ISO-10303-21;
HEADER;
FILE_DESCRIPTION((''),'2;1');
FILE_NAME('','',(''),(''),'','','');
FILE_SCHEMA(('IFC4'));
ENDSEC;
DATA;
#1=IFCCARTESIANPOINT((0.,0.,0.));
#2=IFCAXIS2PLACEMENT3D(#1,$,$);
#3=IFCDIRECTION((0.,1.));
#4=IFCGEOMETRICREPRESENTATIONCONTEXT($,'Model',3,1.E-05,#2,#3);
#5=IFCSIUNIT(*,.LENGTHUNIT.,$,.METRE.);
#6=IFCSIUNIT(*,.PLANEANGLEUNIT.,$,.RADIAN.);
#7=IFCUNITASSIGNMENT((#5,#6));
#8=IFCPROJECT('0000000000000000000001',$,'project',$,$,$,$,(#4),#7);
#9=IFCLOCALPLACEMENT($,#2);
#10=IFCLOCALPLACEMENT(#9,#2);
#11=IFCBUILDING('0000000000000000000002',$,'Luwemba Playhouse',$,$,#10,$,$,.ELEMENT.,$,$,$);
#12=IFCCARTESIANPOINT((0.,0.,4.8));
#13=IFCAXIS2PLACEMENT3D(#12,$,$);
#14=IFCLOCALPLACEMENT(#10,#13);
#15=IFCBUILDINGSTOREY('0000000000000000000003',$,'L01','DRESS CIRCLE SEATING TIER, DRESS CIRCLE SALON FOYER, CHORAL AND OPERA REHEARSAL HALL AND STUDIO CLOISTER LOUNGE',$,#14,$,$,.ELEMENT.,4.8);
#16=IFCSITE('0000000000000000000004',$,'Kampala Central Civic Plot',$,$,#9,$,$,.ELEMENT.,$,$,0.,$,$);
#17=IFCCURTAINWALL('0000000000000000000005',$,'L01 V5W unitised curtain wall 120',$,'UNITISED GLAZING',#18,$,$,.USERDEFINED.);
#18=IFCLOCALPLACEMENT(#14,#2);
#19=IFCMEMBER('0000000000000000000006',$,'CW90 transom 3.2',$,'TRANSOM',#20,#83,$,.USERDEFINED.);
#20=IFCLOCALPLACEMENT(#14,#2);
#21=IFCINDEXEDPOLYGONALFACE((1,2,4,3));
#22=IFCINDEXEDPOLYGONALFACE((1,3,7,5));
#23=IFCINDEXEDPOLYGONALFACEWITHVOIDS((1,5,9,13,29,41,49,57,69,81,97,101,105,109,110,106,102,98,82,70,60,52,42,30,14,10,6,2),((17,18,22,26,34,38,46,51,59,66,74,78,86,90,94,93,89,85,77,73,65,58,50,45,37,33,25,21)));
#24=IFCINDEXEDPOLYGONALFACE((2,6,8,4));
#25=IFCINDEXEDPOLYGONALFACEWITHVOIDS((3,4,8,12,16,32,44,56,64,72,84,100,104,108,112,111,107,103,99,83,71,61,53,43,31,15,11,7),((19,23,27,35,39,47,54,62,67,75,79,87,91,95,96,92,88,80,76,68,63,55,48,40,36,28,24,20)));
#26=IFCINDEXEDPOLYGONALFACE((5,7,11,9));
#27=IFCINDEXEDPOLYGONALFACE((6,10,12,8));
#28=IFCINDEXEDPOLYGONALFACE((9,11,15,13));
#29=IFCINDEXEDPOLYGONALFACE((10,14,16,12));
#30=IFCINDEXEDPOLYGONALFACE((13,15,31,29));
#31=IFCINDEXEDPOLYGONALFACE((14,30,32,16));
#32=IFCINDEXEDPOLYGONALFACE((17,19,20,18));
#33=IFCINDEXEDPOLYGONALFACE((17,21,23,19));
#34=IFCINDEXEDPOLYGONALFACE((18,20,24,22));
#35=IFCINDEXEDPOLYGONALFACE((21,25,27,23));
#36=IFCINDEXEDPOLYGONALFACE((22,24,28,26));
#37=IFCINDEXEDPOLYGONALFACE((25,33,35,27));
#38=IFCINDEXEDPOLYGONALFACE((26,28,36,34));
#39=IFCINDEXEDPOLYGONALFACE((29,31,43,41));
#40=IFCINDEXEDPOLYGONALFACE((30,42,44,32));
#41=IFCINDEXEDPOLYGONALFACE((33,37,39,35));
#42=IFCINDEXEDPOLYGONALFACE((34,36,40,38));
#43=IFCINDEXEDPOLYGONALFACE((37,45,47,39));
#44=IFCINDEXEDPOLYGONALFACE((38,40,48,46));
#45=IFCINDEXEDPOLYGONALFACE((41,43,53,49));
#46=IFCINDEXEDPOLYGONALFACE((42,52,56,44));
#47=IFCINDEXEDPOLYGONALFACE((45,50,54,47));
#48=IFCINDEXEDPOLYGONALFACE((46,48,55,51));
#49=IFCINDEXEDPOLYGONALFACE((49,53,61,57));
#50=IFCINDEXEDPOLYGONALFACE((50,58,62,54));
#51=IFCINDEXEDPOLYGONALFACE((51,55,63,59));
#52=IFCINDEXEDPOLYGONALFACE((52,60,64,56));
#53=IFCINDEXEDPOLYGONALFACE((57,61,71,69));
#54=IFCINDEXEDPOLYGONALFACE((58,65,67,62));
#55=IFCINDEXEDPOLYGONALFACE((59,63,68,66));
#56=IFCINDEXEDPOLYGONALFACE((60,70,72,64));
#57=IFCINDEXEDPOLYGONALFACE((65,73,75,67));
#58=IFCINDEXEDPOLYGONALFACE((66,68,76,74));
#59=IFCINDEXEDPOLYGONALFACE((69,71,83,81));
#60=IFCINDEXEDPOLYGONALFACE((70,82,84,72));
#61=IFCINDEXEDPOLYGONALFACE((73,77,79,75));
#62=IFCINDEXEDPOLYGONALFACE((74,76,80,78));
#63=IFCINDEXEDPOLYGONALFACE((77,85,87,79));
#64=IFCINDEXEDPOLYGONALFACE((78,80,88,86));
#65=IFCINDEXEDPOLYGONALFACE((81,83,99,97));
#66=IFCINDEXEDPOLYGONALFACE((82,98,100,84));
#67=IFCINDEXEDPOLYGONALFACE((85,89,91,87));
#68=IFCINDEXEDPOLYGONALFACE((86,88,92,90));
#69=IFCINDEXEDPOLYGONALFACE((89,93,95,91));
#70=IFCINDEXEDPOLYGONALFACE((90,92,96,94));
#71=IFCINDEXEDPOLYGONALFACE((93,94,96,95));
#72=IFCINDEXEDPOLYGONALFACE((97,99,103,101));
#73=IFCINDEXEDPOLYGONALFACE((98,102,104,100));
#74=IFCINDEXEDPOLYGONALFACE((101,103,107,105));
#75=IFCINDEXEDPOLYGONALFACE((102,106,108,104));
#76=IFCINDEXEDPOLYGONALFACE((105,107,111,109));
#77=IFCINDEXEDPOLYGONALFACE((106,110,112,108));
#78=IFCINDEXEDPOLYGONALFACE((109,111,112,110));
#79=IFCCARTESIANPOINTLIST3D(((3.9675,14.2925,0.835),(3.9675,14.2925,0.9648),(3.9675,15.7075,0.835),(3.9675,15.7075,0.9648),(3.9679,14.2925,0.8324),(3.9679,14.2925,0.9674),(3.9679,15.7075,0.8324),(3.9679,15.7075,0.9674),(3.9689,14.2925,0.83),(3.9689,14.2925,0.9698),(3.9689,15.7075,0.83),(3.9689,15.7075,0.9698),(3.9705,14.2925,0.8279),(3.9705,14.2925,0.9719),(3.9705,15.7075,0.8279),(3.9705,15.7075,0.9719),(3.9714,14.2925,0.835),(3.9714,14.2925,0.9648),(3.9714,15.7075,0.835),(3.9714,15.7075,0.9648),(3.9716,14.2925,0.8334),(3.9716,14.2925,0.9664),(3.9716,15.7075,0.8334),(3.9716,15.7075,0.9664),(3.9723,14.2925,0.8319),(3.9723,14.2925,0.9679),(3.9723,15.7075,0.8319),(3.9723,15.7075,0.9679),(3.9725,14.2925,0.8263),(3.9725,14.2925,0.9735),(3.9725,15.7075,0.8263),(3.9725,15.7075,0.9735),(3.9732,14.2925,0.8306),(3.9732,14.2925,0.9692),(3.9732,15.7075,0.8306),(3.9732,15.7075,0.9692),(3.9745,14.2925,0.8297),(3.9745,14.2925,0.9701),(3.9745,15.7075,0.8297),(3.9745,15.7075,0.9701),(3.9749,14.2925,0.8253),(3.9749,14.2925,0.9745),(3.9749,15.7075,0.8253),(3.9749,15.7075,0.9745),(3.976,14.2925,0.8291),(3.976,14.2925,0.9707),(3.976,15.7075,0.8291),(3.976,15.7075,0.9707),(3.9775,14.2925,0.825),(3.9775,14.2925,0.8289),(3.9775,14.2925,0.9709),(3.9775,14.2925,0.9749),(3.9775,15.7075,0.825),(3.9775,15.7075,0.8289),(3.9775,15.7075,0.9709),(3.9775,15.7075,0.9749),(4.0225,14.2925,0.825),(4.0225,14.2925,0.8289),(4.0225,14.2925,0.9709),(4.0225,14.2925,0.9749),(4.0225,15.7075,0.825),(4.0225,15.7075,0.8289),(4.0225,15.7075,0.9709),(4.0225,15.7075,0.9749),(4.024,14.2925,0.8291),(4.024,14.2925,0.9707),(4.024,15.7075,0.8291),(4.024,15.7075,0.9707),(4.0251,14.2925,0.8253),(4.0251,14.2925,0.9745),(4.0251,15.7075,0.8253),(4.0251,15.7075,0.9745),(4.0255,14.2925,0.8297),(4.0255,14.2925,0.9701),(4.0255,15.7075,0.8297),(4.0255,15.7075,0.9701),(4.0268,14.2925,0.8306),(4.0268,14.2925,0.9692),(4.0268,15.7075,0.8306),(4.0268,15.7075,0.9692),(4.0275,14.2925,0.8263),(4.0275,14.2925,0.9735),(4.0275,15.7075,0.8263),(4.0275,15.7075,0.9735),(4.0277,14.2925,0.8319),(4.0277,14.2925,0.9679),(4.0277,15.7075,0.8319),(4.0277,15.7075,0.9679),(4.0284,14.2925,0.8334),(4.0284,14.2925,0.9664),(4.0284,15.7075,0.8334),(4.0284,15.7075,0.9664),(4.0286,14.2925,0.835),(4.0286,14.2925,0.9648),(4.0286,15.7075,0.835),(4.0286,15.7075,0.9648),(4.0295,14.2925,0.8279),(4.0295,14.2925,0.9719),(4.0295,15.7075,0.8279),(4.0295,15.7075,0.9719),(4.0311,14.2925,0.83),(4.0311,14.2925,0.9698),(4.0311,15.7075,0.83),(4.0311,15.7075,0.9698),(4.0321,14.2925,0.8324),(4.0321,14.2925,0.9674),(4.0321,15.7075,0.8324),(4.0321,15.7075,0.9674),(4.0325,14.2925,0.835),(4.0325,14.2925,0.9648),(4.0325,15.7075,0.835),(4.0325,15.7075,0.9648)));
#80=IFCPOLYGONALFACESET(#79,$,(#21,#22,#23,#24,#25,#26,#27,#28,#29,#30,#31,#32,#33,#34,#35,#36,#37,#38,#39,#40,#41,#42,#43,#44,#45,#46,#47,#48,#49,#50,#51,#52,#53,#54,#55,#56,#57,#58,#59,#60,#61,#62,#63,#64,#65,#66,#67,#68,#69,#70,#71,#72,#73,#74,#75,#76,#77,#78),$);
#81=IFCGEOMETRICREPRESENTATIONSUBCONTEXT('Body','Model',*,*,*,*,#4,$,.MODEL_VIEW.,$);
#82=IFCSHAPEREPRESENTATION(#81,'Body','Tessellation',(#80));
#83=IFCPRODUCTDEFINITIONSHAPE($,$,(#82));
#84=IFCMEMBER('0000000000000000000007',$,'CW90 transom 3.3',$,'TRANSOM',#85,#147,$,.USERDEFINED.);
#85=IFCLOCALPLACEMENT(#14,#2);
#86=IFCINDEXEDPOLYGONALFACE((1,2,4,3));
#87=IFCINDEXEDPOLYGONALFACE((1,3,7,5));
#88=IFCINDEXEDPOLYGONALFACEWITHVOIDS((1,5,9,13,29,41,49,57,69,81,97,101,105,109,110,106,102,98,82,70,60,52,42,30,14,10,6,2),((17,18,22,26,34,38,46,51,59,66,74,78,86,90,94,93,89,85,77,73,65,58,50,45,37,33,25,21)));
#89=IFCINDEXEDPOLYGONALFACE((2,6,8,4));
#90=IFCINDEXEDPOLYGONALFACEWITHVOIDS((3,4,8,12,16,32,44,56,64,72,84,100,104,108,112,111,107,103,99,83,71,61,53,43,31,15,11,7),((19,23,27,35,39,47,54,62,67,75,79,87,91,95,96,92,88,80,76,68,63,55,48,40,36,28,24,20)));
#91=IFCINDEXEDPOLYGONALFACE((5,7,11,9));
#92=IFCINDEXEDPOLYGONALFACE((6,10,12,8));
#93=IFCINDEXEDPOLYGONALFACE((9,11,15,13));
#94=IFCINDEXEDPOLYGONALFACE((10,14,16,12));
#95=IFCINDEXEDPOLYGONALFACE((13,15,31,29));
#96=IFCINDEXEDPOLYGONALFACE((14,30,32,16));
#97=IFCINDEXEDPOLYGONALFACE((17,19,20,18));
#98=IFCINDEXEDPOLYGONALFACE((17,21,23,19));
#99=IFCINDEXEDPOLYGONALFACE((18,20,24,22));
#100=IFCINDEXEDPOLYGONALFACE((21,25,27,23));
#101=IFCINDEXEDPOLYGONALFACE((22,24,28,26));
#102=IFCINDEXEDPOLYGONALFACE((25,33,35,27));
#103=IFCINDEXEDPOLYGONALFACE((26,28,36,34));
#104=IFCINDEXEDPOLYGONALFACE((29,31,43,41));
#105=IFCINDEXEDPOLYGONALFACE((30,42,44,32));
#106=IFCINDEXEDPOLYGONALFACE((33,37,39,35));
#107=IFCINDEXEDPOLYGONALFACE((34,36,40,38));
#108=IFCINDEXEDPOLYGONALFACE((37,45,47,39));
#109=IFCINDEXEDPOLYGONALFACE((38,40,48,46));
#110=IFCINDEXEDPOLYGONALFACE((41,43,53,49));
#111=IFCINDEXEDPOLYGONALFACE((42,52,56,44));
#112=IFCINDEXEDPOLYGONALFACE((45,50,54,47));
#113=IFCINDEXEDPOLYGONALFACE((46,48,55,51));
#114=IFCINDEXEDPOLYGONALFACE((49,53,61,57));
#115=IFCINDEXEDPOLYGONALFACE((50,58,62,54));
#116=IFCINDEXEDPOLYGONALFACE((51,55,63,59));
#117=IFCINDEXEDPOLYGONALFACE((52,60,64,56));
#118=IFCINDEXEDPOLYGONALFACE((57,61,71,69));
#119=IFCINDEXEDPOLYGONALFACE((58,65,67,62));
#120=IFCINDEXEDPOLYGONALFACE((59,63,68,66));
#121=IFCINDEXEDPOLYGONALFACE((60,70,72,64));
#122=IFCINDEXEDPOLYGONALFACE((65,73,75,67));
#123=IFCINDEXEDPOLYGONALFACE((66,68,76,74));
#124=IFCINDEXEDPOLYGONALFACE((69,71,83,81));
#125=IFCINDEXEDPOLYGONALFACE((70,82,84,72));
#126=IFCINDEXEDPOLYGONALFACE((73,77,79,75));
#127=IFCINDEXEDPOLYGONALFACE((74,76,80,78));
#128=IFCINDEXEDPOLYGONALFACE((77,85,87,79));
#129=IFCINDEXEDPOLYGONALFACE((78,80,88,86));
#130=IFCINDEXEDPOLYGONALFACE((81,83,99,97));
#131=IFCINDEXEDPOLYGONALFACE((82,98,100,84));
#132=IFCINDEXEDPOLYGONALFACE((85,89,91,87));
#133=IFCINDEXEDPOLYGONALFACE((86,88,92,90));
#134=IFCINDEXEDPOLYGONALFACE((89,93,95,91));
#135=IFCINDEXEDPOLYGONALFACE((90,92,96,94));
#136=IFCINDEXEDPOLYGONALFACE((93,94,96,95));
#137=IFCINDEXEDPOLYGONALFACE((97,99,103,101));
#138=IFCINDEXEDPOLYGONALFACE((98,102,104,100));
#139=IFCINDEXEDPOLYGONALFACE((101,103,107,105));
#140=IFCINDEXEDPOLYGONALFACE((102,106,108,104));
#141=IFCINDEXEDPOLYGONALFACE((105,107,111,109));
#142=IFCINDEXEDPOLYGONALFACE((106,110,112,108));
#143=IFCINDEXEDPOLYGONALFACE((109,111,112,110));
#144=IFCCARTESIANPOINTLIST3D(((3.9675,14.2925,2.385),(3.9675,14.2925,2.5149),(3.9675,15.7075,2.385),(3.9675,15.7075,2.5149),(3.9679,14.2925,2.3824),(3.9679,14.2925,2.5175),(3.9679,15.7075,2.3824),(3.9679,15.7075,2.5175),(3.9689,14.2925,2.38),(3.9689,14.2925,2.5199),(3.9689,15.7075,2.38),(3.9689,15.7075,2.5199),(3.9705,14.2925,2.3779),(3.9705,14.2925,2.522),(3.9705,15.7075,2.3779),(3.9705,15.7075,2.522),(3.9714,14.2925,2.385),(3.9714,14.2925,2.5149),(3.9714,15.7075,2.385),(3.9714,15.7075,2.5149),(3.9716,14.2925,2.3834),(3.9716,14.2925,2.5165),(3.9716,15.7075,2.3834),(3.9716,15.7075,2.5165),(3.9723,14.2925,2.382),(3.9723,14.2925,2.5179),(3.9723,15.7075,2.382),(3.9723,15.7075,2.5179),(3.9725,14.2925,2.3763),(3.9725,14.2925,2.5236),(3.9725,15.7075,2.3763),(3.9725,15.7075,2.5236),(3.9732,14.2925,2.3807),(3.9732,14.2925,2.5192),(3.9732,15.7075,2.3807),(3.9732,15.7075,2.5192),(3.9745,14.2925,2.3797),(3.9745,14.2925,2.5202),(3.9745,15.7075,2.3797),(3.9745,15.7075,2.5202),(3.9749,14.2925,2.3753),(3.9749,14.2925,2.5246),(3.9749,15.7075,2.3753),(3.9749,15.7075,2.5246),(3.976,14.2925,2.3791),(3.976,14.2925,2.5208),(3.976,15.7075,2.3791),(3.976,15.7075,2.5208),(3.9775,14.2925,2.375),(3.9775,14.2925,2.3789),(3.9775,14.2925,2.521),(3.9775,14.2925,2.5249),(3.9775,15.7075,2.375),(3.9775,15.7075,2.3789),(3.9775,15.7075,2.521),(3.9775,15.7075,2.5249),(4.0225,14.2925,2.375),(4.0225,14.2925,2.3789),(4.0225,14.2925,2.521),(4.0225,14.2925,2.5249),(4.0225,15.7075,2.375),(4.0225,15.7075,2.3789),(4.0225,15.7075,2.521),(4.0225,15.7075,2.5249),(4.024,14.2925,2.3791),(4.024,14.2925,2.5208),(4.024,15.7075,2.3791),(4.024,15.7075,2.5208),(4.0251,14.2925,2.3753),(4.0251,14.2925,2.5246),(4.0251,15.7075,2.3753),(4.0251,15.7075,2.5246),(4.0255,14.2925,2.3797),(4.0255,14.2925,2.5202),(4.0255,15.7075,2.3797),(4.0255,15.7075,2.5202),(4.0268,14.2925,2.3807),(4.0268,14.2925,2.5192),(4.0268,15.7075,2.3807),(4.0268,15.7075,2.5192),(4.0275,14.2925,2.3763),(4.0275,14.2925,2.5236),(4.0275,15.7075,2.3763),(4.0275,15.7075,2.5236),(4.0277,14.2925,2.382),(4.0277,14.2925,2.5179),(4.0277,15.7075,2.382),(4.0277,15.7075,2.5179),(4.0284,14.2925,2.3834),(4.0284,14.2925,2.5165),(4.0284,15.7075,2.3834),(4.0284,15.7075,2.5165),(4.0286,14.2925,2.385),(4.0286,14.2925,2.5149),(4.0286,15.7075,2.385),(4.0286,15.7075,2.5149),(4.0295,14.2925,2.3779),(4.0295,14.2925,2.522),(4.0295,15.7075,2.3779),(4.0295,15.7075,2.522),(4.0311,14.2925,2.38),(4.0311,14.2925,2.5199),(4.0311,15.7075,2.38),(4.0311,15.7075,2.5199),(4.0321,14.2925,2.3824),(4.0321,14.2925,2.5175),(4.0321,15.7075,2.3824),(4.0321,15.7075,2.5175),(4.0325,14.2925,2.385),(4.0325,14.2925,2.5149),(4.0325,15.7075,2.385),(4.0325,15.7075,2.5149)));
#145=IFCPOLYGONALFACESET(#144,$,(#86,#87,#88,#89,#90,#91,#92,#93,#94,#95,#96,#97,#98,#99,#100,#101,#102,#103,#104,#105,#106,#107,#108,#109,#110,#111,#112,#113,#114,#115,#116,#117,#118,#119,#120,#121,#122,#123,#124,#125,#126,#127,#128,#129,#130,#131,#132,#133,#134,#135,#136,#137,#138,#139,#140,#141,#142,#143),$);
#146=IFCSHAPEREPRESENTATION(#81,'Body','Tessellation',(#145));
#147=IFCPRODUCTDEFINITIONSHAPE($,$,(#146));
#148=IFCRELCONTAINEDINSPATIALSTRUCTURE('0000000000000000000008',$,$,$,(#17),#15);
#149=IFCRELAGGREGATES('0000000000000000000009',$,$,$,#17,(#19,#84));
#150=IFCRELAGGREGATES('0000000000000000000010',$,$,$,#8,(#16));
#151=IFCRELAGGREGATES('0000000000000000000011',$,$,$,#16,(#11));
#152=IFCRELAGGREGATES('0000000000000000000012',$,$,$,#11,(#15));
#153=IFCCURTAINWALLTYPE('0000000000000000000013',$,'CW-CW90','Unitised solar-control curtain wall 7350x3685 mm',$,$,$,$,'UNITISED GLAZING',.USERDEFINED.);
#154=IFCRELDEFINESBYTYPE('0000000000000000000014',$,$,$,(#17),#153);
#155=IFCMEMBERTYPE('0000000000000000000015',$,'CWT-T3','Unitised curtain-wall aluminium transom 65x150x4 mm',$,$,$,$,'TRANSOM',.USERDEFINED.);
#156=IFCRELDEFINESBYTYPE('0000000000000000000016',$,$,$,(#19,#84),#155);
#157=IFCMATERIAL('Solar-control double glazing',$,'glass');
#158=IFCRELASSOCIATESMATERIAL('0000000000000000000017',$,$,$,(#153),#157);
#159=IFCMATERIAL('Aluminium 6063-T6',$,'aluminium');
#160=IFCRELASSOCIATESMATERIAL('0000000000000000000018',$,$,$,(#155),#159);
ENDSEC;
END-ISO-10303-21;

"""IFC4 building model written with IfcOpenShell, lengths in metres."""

from ifc_helpers import new_model, si_unit, direction, frame, origin, origin_2d, place, context, subcontext, project, spatial, hollow_rectangle, extrude, material, material_profile, profile_set, type_object, element, aggregate, save


model = new_model("IFC4")

# Units and contexts
model_context = context("Model", 3, precision=1e-05, world=origin(), true_north=direction((0.0, 1.0)))
body_context = subcontext(model_context, "Body", "Model", "MODEL_VIEW")
ifc_project = project(units=[si_unit("LENGTHUNIT", "METRE"), si_unit("PLANEANGLEUNIT", "RADIAN")], contexts=[model_context])

# Site, building, storey
site_placement = place(None, origin())
site = spatial("IfcSite", under=ifc_project, at=site_placement, Name="Kampala Central Civic Plot", CompositionType="ELEMENT", RefElevation=0.0)
building_placement = place(site_placement, origin())
building = spatial("IfcBuilding", under=site, at=building_placement, Name="Luwemba Playhouse", CompositionType="ELEMENT")
storey_placement = place(building_placement, frame((0.0, 0.0, 4.8)))
storey = spatial("IfcBuildingStorey", under=building, at=storey_placement, Name="L01", Description="DRESS CIRCLE SEATING TIER, DRESS CIRCLE SALON FOYER, CHORAL AND OPERA REHEARSAL HALL AND STUDIO CLOISTER LOUNGE", CompositionType="ELEMENT", Elevation=4.8)

# Curtain wall, members
ifc_material_1 = material(Name="Solar-control double glazing", Category="glass")
curtain_wall_type = type_object("IfcCurtainWallType", Name="CW-CW90", Description="Unitised solar-control curtain wall 7350x3685 mm", ElementType="UNITISED GLAZING", PredefinedType="USERDEFINED", material=ifc_material_1)
curtain_wall_placement = place(storey_placement, origin())
curtain_wall = element("IfcCurtainWall", 1, at=curtain_wall_placement, inside=storey, type_object=curtain_wall_type, Name="L01 V5W unitised curtain wall 120", ObjectType="UNITISED GLAZING", PredefinedType="USERDEFINED")
ifc_material_2 = material(Name="Aluminium 6063-T6", Category="aluminium")
ifc_material_profile_1 = material_profile(ifc_material_2, hollow_rectangle(XDim=0.0649, YDim=0.1499, WallThickness=0.0039, InnerFilletRadius=0.0061, OuterFilletRadius=0.01, at=origin_2d()))
ifc_profile_set_1 = profile_set([ifc_material_profile_1], Name="Aluminium 6063-T6")
member_type_1 = type_object("IfcMemberType", Name="CWT-T3", Description="Unitised curtain-wall aluminium transom 65x150x4 mm", ElementType="TRANSOM", PredefinedType="USERDEFINED", material=ifc_profile_set_1)
member_1_placement = place(storey_placement, frame((4.0, 14.2925, 0.8999), z_axis=(0.0, 1.0, 0.0), x_axis=(-1.0, 0.0, 0.0)))
member_1 = element("IfcMember", 2, at=member_1_placement, type_object=member_type_1, Name="CW90 transom 3.2", ObjectType="TRANSOM", PredefinedType="USERDEFINED", context=body_context, shape_type="SweptSolid", body=[
    extrude(hollow_rectangle(XDim=0.0649, YDim=0.1499, WallThickness=0.0039, InnerFilletRadius=0.0061, OuterFilletRadius=0.01, at=origin_2d()), origin(), (0.0, 0.0, 1.0), 1.415),
])
member_2_placement = place(storey_placement, frame((4.0, 14.2925, 2.45), z_axis=(0.0, 1.0, 0.0), x_axis=(-1.0, 0.0, 0.0)))
member_2 = element("IfcMember", 3, at=member_2_placement, type_object=member_type_1, Name="CW90 transom 3.3", ObjectType="TRANSOM", PredefinedType="USERDEFINED", context=body_context, shape_type="SweptSolid", body=[
    extrude(hollow_rectangle(XDim=0.0649, YDim=0.1499, WallThickness=0.0039, InnerFilletRadius=0.0061, OuterFilletRadius=0.01, at=origin_2d()), origin(), (0.0, 0.0, 1.0), 1.415),
])
aggregate(curtain_wall, [member_1, member_2])

save(model, "model.ifc")
